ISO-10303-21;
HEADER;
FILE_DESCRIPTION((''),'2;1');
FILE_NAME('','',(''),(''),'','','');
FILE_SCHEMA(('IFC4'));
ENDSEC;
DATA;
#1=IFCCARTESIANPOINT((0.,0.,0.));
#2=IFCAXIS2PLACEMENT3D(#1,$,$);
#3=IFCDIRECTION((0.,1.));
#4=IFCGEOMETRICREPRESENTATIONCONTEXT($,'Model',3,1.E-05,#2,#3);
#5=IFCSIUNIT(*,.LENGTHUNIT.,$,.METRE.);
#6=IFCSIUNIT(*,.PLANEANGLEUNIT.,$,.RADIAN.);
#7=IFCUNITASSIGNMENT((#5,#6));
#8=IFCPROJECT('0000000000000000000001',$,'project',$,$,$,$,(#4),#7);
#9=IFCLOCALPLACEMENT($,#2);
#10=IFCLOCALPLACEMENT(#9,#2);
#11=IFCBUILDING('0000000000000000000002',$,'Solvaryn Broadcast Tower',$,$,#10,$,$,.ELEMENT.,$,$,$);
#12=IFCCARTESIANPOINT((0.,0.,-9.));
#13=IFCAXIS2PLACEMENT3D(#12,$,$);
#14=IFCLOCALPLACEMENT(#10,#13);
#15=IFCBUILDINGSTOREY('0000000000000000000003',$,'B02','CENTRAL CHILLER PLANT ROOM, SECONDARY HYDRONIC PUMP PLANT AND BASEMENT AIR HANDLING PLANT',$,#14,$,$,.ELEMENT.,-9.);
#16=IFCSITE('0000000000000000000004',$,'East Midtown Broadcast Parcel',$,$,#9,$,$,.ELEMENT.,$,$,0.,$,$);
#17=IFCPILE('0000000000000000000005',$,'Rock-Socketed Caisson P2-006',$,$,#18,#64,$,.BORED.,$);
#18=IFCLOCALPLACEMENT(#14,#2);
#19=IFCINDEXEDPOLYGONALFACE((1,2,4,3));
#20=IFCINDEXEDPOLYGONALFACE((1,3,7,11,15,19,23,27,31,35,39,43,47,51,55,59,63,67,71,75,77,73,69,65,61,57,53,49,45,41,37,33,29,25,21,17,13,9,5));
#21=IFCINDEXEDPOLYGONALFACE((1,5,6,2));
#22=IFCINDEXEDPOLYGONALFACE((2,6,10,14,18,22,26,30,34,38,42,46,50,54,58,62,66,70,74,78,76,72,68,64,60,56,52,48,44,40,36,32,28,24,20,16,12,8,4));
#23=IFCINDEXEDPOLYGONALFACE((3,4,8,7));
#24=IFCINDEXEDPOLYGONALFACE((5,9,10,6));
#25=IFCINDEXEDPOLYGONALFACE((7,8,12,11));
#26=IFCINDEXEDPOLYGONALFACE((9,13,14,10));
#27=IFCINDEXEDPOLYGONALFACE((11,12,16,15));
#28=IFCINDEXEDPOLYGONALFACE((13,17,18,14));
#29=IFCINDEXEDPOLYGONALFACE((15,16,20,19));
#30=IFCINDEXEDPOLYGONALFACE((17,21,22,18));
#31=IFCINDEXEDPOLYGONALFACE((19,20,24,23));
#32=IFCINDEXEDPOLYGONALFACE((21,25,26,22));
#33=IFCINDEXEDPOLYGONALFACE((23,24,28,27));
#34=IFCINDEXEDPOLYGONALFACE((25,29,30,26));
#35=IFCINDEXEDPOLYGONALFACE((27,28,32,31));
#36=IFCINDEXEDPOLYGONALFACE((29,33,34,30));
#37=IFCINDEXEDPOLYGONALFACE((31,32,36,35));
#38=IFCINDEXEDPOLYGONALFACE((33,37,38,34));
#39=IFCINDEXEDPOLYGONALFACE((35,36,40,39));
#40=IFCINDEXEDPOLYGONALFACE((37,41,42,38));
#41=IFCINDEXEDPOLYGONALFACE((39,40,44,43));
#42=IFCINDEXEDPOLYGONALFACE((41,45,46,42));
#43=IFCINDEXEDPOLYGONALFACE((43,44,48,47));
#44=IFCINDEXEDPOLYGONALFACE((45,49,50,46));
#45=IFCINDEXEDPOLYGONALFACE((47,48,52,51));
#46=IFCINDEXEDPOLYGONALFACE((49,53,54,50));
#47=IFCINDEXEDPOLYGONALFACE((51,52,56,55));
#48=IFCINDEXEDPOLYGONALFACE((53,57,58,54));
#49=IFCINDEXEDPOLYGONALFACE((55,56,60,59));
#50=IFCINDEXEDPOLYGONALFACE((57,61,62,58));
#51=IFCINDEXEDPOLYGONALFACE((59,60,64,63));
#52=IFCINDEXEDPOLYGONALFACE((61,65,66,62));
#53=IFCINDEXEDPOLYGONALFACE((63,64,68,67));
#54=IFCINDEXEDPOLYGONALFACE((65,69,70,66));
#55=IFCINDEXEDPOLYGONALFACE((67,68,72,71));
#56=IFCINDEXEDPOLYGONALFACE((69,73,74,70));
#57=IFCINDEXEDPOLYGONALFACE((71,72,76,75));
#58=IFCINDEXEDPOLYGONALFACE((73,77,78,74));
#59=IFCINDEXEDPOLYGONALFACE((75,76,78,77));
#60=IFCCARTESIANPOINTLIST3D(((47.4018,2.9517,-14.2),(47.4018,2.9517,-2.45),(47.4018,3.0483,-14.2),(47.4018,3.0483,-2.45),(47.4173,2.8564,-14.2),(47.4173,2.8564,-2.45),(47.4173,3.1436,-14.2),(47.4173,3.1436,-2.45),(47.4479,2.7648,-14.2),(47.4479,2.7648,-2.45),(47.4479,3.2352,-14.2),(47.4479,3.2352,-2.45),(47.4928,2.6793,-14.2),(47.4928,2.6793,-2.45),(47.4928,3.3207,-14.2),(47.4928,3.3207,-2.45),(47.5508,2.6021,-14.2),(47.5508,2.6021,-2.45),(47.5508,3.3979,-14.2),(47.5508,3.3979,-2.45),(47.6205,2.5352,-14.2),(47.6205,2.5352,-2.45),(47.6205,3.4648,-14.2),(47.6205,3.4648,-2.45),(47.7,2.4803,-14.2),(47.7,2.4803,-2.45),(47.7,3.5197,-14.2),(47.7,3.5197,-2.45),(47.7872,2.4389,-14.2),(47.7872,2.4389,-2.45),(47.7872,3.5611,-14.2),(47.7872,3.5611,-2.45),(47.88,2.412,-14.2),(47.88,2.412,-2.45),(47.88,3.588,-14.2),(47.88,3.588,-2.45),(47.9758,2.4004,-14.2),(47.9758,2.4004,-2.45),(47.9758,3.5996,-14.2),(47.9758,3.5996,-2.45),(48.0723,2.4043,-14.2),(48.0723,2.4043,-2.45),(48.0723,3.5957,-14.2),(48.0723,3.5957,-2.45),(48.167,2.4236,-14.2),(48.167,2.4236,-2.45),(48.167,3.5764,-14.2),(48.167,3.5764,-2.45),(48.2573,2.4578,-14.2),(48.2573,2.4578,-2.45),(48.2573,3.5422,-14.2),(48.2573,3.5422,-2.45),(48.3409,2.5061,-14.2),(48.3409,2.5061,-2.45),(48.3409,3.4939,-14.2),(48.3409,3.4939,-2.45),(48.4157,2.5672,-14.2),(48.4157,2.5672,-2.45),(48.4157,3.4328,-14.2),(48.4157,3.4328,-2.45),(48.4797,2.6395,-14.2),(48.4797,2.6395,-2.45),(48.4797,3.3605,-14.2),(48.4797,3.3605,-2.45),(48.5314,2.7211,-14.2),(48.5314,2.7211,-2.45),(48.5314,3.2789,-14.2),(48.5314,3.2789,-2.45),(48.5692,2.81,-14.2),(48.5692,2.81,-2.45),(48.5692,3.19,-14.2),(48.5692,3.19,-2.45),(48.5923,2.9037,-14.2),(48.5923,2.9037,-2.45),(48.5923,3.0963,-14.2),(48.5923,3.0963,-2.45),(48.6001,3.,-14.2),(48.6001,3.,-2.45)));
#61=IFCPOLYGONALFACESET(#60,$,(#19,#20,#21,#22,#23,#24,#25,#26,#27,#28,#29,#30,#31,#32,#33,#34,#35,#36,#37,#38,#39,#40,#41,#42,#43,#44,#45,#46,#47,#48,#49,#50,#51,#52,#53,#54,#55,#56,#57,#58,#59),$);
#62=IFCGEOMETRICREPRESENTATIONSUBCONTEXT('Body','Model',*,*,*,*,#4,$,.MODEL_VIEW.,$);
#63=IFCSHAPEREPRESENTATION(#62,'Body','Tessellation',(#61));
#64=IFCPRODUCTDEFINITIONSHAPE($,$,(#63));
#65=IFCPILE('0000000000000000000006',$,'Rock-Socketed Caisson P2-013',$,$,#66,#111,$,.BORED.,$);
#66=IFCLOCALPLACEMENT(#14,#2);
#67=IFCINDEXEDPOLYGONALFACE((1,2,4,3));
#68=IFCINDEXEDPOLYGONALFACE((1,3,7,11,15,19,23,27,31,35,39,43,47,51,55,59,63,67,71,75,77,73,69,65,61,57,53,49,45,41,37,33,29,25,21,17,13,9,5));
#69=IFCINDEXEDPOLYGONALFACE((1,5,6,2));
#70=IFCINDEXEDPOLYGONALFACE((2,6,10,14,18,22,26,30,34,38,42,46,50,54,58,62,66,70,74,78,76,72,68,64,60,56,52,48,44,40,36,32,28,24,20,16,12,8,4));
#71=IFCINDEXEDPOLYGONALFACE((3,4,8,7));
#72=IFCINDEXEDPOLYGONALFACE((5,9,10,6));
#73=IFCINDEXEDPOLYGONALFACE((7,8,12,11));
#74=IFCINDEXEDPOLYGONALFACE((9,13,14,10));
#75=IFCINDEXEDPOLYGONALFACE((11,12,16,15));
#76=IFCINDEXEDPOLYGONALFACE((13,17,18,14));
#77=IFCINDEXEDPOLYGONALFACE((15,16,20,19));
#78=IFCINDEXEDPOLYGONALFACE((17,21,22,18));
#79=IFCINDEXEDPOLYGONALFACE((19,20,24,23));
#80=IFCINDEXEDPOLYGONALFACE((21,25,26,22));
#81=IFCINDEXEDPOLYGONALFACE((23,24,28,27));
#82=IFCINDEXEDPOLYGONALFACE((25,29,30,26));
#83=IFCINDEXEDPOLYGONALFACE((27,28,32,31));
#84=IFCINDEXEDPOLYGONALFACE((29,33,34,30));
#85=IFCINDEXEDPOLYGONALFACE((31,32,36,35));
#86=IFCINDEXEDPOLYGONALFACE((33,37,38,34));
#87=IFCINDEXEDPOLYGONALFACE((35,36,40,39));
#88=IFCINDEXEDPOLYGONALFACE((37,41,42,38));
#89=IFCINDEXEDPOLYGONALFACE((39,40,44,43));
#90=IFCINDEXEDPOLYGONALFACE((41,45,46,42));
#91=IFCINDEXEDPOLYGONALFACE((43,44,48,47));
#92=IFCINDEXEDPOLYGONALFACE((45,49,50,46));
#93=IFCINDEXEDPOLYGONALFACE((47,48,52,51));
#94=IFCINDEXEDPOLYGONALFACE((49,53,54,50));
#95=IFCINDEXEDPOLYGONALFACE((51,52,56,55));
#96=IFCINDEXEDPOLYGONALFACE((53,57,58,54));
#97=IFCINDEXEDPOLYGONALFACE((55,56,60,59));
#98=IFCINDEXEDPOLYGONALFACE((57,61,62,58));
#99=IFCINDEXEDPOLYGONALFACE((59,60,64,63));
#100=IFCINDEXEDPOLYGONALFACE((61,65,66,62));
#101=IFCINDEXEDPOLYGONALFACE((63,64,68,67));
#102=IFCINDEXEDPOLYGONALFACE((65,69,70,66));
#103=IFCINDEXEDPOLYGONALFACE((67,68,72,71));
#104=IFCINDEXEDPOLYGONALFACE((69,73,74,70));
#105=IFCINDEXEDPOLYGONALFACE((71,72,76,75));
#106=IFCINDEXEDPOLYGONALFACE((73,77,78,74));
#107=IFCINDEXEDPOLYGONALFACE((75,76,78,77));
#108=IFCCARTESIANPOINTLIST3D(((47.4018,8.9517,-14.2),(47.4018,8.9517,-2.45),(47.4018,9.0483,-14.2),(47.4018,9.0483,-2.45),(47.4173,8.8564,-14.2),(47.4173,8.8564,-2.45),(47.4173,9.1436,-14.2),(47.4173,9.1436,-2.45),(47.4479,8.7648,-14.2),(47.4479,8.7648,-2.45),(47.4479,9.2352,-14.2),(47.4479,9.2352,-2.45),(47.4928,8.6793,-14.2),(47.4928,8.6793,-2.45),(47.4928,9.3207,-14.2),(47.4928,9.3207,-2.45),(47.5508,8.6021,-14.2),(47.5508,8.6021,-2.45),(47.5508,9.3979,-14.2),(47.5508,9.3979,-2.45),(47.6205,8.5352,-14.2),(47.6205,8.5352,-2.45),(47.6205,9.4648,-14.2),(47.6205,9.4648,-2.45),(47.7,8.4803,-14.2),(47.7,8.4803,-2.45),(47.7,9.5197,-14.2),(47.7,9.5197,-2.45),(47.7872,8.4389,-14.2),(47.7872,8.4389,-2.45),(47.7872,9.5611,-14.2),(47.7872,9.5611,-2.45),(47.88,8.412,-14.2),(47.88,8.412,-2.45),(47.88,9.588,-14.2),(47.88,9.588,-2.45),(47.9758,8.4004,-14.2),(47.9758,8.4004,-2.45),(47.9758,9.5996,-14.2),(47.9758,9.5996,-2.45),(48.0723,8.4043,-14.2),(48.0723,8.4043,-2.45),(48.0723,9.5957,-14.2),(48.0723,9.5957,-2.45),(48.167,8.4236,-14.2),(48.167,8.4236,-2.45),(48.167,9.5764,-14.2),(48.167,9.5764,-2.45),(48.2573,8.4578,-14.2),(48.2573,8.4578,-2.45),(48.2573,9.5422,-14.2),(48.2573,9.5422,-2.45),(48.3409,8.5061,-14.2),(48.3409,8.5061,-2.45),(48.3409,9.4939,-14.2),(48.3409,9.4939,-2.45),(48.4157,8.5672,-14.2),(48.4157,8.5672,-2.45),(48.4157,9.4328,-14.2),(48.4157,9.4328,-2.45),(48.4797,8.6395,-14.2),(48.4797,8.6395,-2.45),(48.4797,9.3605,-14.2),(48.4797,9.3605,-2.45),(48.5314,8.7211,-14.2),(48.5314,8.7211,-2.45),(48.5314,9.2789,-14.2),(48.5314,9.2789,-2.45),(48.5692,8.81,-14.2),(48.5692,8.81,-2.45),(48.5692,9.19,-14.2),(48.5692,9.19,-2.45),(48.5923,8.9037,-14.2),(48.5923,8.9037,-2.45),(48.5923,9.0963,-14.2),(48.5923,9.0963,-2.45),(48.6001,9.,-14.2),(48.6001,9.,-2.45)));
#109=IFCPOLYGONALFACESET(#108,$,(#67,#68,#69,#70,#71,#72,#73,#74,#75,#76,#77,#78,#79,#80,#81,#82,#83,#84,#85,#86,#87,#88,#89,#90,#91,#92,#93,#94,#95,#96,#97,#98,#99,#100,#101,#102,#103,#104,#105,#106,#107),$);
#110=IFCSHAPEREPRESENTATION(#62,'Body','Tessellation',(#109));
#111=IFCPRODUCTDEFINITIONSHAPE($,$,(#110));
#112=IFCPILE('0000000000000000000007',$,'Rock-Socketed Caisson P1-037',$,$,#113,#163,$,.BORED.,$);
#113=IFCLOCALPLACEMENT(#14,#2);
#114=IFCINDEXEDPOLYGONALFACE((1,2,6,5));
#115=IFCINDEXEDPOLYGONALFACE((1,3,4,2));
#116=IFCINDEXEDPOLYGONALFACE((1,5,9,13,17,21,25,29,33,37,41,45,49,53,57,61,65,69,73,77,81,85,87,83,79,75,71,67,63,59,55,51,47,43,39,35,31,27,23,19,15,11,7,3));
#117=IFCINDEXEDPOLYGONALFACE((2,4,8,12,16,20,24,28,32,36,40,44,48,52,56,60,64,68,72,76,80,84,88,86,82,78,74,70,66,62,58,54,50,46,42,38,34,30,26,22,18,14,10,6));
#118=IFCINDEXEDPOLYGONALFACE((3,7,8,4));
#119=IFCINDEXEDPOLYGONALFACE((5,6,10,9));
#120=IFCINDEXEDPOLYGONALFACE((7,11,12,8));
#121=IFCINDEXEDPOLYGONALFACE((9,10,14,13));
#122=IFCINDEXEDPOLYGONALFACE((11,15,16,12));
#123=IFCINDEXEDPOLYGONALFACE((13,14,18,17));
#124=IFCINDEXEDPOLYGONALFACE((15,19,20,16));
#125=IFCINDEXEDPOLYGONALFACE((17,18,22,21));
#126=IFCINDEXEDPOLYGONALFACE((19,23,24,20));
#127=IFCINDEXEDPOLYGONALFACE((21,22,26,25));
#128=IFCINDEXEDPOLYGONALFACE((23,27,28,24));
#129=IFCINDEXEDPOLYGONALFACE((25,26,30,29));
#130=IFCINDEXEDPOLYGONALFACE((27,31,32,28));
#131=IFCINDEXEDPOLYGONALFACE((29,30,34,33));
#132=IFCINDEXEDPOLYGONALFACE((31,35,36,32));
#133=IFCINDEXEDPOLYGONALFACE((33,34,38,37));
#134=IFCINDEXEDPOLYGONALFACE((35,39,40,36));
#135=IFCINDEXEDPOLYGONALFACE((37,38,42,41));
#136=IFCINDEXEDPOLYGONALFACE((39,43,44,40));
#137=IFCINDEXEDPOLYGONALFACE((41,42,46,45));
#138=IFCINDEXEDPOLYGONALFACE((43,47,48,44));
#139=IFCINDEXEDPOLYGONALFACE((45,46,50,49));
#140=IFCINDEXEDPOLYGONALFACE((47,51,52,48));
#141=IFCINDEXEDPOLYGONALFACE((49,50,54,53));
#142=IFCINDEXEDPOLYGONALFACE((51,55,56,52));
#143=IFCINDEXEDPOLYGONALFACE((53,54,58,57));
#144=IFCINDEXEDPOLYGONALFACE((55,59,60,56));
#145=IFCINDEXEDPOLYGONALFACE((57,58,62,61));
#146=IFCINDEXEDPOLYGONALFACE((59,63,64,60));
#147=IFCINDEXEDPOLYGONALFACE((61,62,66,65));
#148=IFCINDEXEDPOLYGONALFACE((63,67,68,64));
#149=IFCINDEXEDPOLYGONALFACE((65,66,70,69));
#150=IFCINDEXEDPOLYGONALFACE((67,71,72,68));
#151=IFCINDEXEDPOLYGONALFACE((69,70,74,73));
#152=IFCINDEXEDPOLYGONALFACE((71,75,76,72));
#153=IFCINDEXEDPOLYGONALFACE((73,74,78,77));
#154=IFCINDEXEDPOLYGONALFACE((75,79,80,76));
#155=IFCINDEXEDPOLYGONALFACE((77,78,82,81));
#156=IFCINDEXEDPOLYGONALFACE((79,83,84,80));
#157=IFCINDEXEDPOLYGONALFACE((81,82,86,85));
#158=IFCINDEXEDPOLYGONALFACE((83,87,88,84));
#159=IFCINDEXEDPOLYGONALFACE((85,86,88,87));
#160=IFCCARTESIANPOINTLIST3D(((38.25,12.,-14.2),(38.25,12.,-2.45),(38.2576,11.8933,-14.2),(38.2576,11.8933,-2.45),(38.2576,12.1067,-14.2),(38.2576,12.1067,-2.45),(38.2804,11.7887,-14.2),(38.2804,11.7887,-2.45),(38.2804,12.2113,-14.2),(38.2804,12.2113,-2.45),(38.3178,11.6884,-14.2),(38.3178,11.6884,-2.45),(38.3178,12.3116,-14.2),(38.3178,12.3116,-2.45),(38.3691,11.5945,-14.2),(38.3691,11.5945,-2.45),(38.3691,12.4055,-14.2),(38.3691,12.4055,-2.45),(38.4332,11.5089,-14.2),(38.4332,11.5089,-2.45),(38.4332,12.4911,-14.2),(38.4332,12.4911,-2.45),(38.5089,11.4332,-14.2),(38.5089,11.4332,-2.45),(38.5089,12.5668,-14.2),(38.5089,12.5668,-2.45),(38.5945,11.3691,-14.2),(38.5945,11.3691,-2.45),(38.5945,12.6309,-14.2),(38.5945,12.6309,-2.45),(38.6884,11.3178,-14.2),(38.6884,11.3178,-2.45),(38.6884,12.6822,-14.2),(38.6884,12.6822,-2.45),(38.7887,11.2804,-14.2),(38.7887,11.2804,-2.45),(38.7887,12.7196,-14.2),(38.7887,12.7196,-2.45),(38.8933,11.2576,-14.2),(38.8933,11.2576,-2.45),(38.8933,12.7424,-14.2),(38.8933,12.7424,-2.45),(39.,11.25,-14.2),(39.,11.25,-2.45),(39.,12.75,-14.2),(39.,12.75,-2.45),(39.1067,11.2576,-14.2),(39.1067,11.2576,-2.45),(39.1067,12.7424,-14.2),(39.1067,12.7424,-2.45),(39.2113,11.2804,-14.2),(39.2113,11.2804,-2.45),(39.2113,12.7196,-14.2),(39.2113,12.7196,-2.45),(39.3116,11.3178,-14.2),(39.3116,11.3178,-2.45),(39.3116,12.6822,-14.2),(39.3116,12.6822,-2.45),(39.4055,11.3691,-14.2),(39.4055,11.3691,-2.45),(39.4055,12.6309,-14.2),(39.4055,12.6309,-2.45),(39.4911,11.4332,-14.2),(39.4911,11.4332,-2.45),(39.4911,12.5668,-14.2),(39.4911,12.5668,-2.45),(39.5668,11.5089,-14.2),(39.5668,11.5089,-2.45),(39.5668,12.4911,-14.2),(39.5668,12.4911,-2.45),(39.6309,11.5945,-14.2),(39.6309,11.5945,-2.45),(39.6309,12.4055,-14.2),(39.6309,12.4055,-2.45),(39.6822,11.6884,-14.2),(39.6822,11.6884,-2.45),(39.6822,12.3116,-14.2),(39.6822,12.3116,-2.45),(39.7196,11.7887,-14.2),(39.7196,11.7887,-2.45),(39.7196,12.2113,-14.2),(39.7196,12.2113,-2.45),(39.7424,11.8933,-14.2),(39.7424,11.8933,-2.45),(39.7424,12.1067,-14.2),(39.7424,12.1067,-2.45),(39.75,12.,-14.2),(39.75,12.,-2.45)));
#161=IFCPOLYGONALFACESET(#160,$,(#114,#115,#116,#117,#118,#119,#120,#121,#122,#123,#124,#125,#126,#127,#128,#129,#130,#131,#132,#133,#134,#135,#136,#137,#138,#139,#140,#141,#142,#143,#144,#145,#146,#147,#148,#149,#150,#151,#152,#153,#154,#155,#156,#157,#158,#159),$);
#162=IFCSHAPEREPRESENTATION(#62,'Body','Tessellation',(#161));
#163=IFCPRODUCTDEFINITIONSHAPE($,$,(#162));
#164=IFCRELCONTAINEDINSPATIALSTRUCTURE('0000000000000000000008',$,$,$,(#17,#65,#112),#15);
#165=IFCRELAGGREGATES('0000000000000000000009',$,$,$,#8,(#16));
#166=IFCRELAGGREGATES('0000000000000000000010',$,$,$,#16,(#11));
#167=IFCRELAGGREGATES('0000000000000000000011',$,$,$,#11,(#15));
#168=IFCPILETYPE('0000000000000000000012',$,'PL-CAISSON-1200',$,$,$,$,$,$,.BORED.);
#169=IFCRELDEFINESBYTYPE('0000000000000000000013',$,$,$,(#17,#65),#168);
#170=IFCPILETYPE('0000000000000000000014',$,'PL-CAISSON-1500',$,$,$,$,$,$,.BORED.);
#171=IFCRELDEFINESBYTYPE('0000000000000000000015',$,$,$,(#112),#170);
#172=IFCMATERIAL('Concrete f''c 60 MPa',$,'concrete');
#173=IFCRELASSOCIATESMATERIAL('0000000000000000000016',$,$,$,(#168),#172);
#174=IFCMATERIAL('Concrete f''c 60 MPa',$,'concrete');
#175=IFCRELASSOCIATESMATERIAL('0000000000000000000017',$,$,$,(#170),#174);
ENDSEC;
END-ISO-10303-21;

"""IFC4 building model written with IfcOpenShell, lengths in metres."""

from ifc_helpers import new_model, si_unit, direction, frame, origin, origin_2d, place, context, subcontext, project, spatial, circle, extrude, material, material_profile, profile_set, type_object, element, save


model = new_model("IFC4")

# Units and contexts
model_context = context("Model", 3, precision=1e-05, world=origin(), true_north=direction((0.0, 1.0)))
body_context = subcontext(model_context, "Body", "Model", "MODEL_VIEW")
ifc_project = project(units=[si_unit("LENGTHUNIT", "METRE"), si_unit("PLANEANGLEUNIT", "RADIAN")], contexts=[model_context])

# Site, building, storey
site_placement = place(None, origin())
site = spatial("IfcSite", under=ifc_project, at=site_placement, Name="East Midtown Broadcast Parcel", CompositionType="ELEMENT", RefElevation=0.0)
building_placement = place(site_placement, origin())
building = spatial("IfcBuilding", under=site, at=building_placement, Name="Solvaryn Broadcast Tower", CompositionType="ELEMENT")
storey_placement = place(building_placement, frame((0.0, 0.0, -9.0)))
storey = spatial("IfcBuildingStorey", under=building, at=storey_placement, Name="B02", Description="CENTRAL CHILLER PLANT ROOM, SECONDARY HYDRONIC PUMP PLANT AND BASEMENT AIR HANDLING PLANT", CompositionType="ELEMENT", Elevation=-9.0)

# Piles
ifc_material_1 = material(Name="Concrete f'c 60 MPa", Category="concrete")
ifc_material_profile_1 = material_profile(ifc_material_1, circle(Radius=0.6001, at=origin_2d()))
ifc_profile_set_1 = profile_set([ifc_material_profile_1], Name="Concrete f'c 60 MPa")
pile_type_1 = type_object("IfcPileType", Name="PL-CAISSON-1200", PredefinedType="BORED", material=ifc_profile_set_1)
for number, where, z_axis, x_axis, name in (
    (1, (48.0, 3.0, -2.45), (0.0, 0.0, -1.0), (1.0, 0.0, 0.0), "Rock-Socketed Caisson P2-006"),
    (2, (48.0, 9.0, -2.45), (0.0, 0.0, -1.0), (1.0, 0.0, 0.0), "Rock-Socketed Caisson P2-013"),
):
    element("IfcPile", number, at=place(storey_placement, frame(where, z_axis=z_axis, x_axis=x_axis)), inside=storey, type_object=pile_type_1, Name=name, PredefinedType="BORED", context=body_context, shape_type="SweptSolid", body=[
        extrude(circle(Radius=0.6001, at=origin_2d()), origin(), (0.0, 0.0, 1.0), 11.75),
    ])
ifc_material_2 = material(Name="Concrete f'c 60 MPa", Category="concrete")
ifc_material_profile_2 = material_profile(ifc_material_2, circle(Radius=0.75, at=origin_2d()))
ifc_profile_set_2 = profile_set([ifc_material_profile_2], Name="Concrete f'c 60 MPa")
pile_type_2 = type_object("IfcPileType", Name="PL-CAISSON-1500", PredefinedType="BORED", material=ifc_profile_set_2)
for number, where, z_axis, x_axis, name in (
    (3, (39.0, 12.0, -2.45), (0.0, 0.0, -1.0), (1.0, 0.0, 0.0), "Rock-Socketed Caisson P1-037"),
):
    element("IfcPile", number, at=place(storey_placement, frame(where, z_axis=z_axis, x_axis=x_axis)), inside=storey, type_object=pile_type_2, Name=name, PredefinedType="BORED", context=body_context, shape_type="SweptSolid", body=[
        extrude(circle(Radius=0.75, at=origin_2d()), origin(), (0.0, 0.0, 1.0), 11.75),
    ])

save(model, "model.ifc")
